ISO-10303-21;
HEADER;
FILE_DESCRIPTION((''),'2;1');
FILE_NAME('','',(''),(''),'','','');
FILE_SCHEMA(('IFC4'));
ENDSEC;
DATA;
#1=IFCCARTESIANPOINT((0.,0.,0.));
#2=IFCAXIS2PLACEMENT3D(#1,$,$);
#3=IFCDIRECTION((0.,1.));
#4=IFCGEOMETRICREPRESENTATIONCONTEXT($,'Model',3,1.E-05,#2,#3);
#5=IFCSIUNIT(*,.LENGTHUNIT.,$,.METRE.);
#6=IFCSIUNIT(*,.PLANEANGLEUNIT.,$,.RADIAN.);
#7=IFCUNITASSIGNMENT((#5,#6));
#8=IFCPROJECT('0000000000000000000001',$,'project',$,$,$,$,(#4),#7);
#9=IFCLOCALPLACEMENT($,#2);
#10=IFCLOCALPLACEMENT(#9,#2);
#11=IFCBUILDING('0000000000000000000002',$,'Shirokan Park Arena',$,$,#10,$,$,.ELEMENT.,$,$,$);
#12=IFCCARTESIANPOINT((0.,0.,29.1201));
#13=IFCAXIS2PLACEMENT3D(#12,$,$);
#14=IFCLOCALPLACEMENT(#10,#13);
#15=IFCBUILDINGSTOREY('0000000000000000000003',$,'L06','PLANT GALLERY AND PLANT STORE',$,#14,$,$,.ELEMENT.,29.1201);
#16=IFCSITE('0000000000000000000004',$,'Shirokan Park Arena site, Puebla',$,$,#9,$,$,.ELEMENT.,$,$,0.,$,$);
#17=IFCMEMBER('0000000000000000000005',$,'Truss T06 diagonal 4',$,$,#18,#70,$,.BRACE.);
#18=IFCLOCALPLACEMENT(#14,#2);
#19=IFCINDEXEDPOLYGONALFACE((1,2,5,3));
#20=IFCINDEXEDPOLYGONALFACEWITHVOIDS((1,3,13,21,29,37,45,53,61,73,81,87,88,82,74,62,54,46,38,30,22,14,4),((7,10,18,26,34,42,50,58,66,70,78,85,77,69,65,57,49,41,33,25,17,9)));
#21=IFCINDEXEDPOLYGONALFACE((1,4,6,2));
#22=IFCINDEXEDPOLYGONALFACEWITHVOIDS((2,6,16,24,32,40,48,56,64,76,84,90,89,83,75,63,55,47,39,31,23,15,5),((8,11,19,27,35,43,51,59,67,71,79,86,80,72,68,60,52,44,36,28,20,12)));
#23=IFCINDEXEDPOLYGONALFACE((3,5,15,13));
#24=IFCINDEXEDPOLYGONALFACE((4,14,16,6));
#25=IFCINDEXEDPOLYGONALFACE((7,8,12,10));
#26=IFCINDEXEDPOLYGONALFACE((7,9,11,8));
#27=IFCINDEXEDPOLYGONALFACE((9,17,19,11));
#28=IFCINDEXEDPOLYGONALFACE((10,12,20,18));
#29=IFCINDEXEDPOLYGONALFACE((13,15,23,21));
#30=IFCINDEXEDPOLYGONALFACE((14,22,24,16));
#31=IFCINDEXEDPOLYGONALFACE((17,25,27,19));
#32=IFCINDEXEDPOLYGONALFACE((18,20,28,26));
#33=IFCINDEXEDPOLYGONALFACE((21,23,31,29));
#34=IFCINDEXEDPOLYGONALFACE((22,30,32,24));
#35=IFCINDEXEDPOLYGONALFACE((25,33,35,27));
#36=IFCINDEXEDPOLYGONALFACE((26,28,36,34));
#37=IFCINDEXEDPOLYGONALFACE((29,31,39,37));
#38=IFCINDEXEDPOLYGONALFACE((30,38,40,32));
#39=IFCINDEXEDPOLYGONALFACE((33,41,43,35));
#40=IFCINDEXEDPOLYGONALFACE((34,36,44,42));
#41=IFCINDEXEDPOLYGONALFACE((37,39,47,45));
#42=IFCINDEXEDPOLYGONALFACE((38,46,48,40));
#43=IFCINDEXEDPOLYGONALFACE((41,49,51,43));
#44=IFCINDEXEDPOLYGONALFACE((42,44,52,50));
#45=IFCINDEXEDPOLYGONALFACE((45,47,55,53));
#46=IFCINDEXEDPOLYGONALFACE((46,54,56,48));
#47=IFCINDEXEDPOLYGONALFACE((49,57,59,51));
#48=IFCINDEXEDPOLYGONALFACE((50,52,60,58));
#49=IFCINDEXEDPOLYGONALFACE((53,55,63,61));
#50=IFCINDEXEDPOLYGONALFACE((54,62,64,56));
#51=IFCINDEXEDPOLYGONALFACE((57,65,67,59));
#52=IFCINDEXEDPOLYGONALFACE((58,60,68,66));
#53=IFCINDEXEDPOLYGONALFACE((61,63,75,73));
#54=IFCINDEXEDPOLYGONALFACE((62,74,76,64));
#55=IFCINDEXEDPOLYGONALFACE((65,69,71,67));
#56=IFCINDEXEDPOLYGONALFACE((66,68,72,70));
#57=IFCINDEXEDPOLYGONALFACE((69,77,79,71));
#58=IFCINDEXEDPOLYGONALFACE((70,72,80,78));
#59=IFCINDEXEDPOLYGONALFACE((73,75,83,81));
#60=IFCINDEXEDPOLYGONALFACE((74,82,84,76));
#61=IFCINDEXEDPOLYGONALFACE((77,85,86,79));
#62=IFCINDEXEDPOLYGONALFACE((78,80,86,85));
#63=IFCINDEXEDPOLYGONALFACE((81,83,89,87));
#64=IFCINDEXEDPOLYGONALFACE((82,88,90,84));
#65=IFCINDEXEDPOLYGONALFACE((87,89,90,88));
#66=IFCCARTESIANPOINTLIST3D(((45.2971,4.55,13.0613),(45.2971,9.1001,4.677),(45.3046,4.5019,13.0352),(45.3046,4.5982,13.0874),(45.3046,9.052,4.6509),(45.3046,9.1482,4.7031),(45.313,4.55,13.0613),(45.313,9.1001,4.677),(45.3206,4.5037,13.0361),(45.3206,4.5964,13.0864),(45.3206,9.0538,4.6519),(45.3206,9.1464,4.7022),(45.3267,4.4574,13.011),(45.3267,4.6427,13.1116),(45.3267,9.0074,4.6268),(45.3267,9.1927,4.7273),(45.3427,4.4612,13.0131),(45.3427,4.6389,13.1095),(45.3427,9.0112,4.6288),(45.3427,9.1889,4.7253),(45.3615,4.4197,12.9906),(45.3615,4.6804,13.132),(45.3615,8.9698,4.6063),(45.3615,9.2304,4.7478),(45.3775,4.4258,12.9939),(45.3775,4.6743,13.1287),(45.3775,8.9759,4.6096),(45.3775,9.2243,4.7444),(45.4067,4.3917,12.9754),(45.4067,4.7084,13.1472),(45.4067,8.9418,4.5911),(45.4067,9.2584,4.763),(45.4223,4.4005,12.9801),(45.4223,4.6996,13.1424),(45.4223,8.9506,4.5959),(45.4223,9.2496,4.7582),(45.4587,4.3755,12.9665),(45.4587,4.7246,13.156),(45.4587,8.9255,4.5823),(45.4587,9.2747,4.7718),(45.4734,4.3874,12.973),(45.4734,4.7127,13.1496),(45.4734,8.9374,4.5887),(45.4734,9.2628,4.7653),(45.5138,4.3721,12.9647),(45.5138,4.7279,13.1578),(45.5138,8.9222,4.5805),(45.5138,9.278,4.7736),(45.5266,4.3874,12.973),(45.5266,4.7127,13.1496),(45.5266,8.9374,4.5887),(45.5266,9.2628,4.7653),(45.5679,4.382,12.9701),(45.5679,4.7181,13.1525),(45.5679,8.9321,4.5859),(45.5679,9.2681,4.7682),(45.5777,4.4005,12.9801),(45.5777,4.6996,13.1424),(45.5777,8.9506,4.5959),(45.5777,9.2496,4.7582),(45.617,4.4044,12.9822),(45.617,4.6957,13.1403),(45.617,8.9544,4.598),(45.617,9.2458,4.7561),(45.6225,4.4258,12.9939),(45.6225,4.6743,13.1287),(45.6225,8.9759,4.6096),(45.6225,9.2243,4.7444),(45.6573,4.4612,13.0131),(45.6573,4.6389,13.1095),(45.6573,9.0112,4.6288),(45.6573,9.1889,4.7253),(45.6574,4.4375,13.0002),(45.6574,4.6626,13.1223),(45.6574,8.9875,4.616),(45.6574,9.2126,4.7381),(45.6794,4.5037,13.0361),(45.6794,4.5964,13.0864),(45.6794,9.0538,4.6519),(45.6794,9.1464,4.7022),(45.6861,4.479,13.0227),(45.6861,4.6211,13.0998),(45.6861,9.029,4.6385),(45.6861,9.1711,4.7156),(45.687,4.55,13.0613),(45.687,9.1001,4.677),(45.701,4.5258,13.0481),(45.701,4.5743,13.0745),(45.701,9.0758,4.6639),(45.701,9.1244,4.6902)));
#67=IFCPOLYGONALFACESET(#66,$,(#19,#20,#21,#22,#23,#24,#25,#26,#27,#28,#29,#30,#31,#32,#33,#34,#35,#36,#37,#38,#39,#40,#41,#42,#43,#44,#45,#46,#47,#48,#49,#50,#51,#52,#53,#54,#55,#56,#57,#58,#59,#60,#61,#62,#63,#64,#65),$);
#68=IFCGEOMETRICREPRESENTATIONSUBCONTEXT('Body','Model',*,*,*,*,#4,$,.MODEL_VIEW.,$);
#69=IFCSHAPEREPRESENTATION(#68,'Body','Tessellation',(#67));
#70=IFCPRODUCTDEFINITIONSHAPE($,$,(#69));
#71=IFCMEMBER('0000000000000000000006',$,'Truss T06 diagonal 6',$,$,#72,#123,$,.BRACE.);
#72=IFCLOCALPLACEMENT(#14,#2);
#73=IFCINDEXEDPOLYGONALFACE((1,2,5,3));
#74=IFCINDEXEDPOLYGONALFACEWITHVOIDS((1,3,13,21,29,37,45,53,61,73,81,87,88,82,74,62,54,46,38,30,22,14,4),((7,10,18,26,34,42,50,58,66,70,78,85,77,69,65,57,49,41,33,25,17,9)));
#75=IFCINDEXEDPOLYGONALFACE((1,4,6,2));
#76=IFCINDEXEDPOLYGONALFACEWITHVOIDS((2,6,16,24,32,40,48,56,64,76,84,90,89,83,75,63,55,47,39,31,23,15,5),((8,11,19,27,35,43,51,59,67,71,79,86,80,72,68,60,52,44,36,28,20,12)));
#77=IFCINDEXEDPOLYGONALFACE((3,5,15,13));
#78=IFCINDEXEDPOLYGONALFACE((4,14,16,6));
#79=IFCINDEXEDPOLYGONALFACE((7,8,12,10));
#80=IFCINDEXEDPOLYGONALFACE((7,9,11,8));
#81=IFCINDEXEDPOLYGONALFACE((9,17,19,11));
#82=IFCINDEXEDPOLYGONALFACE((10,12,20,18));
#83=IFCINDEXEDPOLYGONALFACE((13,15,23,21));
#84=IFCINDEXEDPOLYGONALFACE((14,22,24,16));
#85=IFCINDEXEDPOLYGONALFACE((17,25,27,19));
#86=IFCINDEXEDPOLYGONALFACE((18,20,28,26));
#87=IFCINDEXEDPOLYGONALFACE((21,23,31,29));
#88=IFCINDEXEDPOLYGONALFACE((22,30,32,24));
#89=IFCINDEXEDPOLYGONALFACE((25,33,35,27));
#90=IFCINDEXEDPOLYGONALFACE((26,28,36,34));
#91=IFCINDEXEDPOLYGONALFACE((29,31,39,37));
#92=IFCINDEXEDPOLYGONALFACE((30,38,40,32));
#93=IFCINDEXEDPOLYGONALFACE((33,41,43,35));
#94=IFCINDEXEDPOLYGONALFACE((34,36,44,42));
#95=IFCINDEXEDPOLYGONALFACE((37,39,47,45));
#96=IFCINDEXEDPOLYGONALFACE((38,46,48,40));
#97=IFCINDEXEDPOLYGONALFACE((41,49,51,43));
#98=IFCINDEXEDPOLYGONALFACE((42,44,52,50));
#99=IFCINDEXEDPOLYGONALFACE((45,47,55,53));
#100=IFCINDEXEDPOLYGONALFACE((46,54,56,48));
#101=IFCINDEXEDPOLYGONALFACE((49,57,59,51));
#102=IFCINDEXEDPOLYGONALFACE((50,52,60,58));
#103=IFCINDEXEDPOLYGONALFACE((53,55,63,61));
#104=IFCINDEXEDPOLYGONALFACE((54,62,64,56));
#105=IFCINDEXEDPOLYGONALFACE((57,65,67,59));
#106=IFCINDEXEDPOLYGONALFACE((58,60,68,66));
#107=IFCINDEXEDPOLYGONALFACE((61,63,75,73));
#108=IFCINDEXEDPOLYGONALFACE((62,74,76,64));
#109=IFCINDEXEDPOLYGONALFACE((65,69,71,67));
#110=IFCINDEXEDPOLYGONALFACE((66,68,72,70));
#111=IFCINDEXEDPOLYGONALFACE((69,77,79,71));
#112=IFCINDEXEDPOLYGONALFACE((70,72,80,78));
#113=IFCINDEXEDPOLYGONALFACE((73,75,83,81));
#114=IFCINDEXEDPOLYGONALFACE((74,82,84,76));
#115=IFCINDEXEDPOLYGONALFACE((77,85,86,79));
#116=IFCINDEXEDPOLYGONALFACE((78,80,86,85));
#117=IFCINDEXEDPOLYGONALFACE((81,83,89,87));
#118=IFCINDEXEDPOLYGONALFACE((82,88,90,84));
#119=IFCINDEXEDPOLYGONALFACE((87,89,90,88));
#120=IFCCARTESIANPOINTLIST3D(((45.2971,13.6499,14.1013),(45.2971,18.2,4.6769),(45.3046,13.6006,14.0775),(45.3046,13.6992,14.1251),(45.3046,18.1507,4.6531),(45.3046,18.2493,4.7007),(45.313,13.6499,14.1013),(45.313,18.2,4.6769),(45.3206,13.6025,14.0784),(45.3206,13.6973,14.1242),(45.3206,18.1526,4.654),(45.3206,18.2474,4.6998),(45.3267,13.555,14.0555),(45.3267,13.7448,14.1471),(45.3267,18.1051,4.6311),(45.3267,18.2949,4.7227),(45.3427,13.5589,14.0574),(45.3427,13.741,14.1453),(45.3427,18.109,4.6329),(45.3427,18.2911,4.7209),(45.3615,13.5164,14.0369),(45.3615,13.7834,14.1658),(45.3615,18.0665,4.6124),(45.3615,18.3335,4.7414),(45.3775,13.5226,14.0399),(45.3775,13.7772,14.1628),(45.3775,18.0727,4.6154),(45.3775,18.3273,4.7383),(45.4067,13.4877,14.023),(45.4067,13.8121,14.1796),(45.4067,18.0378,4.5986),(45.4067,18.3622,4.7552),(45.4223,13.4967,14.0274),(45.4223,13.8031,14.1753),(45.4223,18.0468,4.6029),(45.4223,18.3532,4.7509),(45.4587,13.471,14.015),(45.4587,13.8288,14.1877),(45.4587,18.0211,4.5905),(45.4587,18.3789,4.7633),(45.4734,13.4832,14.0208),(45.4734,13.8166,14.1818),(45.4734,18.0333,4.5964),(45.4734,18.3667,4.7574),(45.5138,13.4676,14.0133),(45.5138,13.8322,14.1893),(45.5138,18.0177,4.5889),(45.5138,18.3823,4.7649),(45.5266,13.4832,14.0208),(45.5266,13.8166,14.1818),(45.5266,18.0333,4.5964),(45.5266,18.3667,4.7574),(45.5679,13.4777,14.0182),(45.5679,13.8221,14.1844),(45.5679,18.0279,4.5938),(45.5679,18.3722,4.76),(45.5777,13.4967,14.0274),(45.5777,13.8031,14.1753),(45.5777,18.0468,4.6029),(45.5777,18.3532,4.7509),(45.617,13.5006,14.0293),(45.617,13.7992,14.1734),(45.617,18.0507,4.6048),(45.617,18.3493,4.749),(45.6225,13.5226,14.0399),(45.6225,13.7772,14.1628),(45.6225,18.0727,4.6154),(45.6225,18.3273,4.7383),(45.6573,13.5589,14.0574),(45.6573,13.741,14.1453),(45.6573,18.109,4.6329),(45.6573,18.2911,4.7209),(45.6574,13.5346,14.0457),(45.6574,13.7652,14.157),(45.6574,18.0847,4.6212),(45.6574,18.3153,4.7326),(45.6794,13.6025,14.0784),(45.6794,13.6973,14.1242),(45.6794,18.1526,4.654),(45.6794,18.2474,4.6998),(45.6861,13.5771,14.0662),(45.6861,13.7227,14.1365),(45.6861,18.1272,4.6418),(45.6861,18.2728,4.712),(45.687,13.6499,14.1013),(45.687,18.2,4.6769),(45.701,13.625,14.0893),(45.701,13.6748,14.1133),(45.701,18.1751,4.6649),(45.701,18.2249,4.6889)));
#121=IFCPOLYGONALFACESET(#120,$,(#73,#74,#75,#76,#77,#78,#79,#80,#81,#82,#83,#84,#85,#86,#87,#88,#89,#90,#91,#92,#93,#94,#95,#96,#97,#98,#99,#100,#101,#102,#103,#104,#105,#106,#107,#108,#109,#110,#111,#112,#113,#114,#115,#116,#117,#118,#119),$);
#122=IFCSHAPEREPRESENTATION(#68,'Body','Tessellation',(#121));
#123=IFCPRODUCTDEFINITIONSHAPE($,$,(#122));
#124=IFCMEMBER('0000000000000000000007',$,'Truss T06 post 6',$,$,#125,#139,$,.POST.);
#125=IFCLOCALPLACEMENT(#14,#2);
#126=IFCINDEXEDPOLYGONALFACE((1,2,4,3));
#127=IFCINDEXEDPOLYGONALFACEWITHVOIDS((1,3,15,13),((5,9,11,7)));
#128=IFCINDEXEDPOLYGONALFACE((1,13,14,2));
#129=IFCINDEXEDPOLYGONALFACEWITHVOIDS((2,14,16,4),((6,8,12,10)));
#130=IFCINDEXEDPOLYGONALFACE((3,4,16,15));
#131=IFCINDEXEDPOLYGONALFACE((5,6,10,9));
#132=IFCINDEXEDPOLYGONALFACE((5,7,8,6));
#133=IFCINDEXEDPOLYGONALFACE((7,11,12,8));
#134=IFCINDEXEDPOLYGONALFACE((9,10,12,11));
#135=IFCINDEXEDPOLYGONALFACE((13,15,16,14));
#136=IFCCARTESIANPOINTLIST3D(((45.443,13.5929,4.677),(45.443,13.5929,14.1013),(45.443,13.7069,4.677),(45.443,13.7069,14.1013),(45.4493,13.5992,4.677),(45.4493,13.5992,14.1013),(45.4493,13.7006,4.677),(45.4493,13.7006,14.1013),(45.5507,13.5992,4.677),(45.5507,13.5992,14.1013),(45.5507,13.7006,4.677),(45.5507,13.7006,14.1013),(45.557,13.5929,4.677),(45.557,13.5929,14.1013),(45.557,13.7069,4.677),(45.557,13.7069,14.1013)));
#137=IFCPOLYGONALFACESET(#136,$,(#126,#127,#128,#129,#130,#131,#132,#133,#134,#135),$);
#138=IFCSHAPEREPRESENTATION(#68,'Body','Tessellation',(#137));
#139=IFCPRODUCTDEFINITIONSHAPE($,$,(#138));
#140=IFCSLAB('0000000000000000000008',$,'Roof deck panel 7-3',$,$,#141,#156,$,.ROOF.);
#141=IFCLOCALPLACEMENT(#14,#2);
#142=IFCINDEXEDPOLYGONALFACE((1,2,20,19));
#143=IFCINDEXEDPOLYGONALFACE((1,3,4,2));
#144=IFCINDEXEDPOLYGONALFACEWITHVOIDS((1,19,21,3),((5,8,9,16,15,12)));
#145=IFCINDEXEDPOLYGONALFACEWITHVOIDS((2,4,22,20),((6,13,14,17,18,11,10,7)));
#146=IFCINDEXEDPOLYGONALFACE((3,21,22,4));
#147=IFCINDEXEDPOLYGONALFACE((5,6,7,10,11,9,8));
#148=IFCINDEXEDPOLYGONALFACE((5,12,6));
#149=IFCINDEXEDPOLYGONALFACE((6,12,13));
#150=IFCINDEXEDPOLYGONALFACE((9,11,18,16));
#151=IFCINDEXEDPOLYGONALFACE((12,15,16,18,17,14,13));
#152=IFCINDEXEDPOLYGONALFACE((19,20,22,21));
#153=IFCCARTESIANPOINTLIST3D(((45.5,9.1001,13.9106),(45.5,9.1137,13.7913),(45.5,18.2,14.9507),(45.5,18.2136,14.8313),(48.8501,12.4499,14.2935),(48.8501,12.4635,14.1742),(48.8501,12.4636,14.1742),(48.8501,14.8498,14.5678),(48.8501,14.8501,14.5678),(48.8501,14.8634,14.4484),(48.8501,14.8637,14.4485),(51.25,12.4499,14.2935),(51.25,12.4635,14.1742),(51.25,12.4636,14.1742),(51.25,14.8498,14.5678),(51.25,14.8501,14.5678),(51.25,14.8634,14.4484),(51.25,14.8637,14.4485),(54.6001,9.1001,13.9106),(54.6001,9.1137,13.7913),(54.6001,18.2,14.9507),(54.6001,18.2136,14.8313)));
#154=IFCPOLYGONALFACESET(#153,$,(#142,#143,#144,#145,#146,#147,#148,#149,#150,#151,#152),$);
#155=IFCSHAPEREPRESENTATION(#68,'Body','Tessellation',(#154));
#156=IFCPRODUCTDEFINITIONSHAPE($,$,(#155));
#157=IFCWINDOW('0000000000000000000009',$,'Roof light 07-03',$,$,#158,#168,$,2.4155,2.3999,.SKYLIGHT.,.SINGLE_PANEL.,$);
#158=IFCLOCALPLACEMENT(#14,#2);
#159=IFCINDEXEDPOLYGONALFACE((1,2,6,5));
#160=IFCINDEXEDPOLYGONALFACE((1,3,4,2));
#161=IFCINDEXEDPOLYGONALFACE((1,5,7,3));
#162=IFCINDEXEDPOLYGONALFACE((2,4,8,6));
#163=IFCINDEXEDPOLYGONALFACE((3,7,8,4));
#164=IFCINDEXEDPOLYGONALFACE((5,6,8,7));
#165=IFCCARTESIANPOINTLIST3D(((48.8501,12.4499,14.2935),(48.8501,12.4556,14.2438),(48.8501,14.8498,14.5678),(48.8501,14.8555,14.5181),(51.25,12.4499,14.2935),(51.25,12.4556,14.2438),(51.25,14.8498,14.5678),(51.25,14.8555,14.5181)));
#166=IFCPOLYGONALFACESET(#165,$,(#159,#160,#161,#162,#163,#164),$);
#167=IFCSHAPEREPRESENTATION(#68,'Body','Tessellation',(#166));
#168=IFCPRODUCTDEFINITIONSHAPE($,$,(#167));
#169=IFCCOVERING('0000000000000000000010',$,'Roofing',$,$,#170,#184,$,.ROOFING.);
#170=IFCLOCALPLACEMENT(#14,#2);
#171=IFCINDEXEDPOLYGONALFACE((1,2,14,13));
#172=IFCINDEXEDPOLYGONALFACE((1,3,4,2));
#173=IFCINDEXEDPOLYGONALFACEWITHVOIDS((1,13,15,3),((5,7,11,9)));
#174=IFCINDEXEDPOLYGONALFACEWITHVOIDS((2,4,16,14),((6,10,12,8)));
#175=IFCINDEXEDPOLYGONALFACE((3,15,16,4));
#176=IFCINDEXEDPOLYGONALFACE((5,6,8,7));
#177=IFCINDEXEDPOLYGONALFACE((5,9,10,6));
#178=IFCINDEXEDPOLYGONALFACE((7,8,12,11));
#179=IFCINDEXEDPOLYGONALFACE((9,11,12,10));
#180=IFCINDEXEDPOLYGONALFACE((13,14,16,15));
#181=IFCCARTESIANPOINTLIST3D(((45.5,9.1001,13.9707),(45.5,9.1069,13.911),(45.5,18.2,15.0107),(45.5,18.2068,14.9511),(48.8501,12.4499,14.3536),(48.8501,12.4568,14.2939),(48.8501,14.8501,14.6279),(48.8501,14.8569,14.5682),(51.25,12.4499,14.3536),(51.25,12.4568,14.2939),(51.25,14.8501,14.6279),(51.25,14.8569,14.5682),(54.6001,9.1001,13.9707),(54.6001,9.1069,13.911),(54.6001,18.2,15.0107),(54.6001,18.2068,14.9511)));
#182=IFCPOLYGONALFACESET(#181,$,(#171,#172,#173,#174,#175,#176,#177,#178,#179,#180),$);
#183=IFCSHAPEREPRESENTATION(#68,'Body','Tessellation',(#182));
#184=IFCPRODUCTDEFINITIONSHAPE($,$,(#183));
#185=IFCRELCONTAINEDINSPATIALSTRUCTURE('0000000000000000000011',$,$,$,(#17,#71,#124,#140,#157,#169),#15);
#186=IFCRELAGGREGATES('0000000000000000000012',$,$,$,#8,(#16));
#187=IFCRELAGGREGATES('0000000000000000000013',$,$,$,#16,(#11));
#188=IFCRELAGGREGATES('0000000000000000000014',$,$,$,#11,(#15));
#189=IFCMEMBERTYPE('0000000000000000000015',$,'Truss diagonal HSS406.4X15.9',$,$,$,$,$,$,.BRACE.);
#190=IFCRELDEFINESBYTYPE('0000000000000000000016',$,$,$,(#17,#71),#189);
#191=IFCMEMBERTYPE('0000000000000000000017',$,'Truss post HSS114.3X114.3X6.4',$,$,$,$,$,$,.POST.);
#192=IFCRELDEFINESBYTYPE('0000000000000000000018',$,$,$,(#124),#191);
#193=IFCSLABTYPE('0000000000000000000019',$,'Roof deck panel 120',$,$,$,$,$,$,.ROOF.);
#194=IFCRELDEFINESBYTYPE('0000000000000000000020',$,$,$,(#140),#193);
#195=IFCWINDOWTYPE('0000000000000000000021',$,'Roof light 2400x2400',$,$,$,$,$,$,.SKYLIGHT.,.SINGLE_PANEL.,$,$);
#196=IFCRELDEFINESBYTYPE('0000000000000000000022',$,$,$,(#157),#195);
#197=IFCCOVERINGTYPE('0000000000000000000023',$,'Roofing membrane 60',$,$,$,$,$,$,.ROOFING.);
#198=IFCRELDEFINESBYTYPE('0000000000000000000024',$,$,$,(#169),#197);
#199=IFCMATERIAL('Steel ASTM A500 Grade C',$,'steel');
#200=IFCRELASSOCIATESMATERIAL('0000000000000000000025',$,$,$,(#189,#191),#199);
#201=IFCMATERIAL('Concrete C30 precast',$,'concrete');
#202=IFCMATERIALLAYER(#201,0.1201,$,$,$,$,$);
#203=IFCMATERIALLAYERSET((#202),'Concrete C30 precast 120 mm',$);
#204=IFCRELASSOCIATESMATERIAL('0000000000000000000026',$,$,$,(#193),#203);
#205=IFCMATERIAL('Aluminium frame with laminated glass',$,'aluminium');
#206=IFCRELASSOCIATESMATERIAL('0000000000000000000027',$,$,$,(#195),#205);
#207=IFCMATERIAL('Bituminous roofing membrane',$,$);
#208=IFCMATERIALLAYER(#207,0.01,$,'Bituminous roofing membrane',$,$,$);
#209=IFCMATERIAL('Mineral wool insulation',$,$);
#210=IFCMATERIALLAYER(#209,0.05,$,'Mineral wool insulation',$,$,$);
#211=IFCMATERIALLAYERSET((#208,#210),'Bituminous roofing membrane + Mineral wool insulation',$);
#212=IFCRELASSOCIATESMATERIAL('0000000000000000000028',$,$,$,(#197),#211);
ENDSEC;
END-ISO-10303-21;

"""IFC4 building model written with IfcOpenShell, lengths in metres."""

from ifc_helpers import new_model, si_unit, direction, frame, origin, origin_2d, place, context, subcontext, project, spatial, polyline, rectangle, hollow_rectangle, hollow_circle, outline, extrude, material, layer, layer_set, material_profile, profile_set, type_object, element, fill, save


model = new_model("IFC4")

# Units and contexts
model_context = context("Model", 3, precision=1e-05, world=origin(), true_north=direction((0.0, 1.0)))
body_context = subcontext(model_context, "Body", "Model", "MODEL_VIEW")
ifc_project = project(units=[si_unit("LENGTHUNIT", "METRE"), si_unit("PLANEANGLEUNIT", "RADIAN")], contexts=[model_context])

# Site, building, storey
site_placement = place(None, origin())
site = spatial("IfcSite", under=ifc_project, at=site_placement, Name="Shirokan Park Arena site, Puebla", CompositionType="ELEMENT", RefElevation=0.0)
building_placement = place(site_placement, origin())
building = spatial("IfcBuilding", under=site, at=building_placement, Name="Shirokan Park Arena", CompositionType="ELEMENT")
storey_placement = place(building_placement, frame((0.0, 0.0, 29.1201)))
storey = spatial("IfcBuildingStorey", under=building, at=storey_placement, Name="L06", Description="PLANT GALLERY AND PLANT STORE", CompositionType="ELEMENT", Elevation=29.1201)

# Members
ifc_material_1 = material(Name="Steel ASTM A500 Grade C", Category="steel")
ifc_material_profile_1 = material_profile(ifc_material_1, hollow_circle(Radius=0.2029, WallThickness=0.0159, at=origin_2d()), Name="HSS406.4X15.9")
ifc_profile_set_1 = profile_set([ifc_material_profile_1], Name="Steel ASTM A500 Grade C")
member_type_1 = type_object("IfcMemberType", Name="Truss diagonal HSS406.4X15.9", PredefinedType="BRACE", material=ifc_profile_set_1)
member_1_placement = place(storey_placement, frame((45.5, 4.55, 13.0613), z_axis=(0.0, 0.476977, -0.878916), x_axis=(-1.0, 0.0, 0.0)))
element("IfcMember", 1, at=member_1_placement, inside=storey, type_object=member_type_1, Name="Truss T06 diagonal 4", PredefinedType="BRACE", context=body_context, shape_type="SweptSolid", body=[
    extrude(hollow_circle(Radius=0.2029, WallThickness=0.0159, at=origin_2d()), origin(), (0.0, 0.0, 1.0), 9.5393),
])
member_2_placement = place(storey_placement, frame((45.5, 13.6499, 14.1013), z_axis=(0.0, 0.434778, -0.900537), x_axis=(-1.0, 0.0, 0.0)))
element("IfcMember", 2, at=member_2_placement, inside=storey, type_object=member_type_1, Name="Truss T06 diagonal 6", PredefinedType="BRACE", context=body_context, shape_type="SweptSolid", body=[
    extrude(hollow_circle(Radius=0.2029, WallThickness=0.0159, at=origin_2d()), origin(), (0.0, 0.0, 1.0), 10.4653),
])
ifc_material_profile_2 = material_profile(ifc_material_1, hollow_rectangle(XDim=0.114, YDim=0.114, WallThickness=0.0063, at=origin_2d()), Name="HSS114.3X114.3X6.4")
ifc_profile_set_2 = profile_set([ifc_material_profile_2], Name="Steel ASTM A500 Grade C")
member_type_2 = type_object("IfcMemberType", Name="Truss post HSS114.3X114.3X6.4", PredefinedType="POST", material=ifc_profile_set_2)
member_3_placement = place(storey_placement, frame((45.5, 13.6499, 4.677), z_axis=(0.0, 0.0, 1.0), x_axis=(1.0, 0.0, 0.0)))
element("IfcMember", 3, at=member_3_placement, inside=storey, type_object=member_type_2, Name="Truss T06 post 6", PredefinedType="POST", context=body_context, shape_type="SweptSolid", body=[
    extrude(hollow_rectangle(XDim=0.114, YDim=0.114, WallThickness=0.0063, at=origin_2d()), origin(), (0.0, 0.0, 1.0), 9.4243),
])

# Slab, opening, window
ifc_material_2 = material(Name="Concrete C30 precast", Category="concrete")
ifc_layer_1 = layer(ifc_material_2, 0.1201)
ifc_layer_set_1 = layer_set([ifc_layer_1], Name="Concrete C30 precast 120 mm")
slab_type = type_object("IfcSlabType", Name="Roof deck panel 120", PredefinedType="ROOF", material=ifc_layer_set_1)
slab_placement = place(storey_placement, frame((45.5, 9.1001, 13.9106), z_axis=(0.0, -0.113553, 0.993532), x_axis=(1.0, 0.0, 0.0)))
slab = element("IfcSlab", 4, at=slab_placement, inside=storey, type_object=slab_type, Name="Roof deck panel 7-3", PredefinedType="ROOF", context=body_context, shape_type="SweptSolid", body=[
    extrude(outline(polyline([(0.0, 0.0), (9.1001, 0.0), (9.1001, 9.1591), (0.0, 9.1591), (0.0, 0.0)]), holes=[polyline([(3.3501, 3.3717), (5.75, 3.3717), (5.75, 5.7874), (3.3501, 5.7874), (3.3501, 3.3717)])]), origin(), (0.0, 0.0, -1.0), 0.1201),
])
opening_placement = place(slab_placement, frame((4.55, 4.5793, 0.01)))
opening = element("IfcOpeningElement", 5, at=opening_placement, cuts=slab, PredefinedType="OPENING", context=body_context, shape_type="SweptSolid", body=[
    extrude(rectangle(XDim=2.3999, YDim=2.4155, at=origin_2d()), origin(), (0.0, 0.0, -1.0), 0.1399),
])
ifc_material_3 = material(Name="Aluminium frame with laminated glass", Category="aluminium")
window_type = type_object("IfcWindowType", Name="Roof light 2400x2400", PartitioningType="SINGLE_PANEL", PredefinedType="SKYLIGHT", material=ifc_material_3)
window_placement = place(opening_placement, frame((0.0, 0.0, -0.0601)))
window = element("IfcWindow", 6, at=window_placement, inside=storey, type_object=window_type, Name="Roof light 07-03", OverallHeight=2.4155, OverallWidth=2.3999, PartitioningType="SINGLE_PANEL", PredefinedType="SKYLIGHT", context=body_context, shape_type="SweptSolid", body=[
    extrude(rectangle(XDim=2.3999, YDim=2.4155, at=origin_2d()), origin(), (0.0, 0.0, 1.0), 0.05),
])
fill(opening, window)

# Covering
ifc_material_4 = material(Name="Bituminous roofing membrane")
ifc_layer_2 = layer(ifc_material_4, 0.01, Name="Bituminous roofing membrane")
ifc_material_5 = material(Name="Mineral wool insulation")
ifc_layer_3 = layer(ifc_material_5, 0.05, Name="Mineral wool insulation")
ifc_layer_set_2 = layer_set([ifc_layer_2, ifc_layer_3], Name="Bituminous roofing membrane + Mineral wool insulation")
covering_type = type_object("IfcCoveringType", Name="Roofing membrane 60", PredefinedType="ROOFING", material=ifc_layer_set_2)
covering_placement = place(storey_placement, frame((45.5, 9.1001, 13.9707), z_axis=(0.0, -0.113553, 0.993532), x_axis=(1.0, 0.0, 0.0)))
element("IfcCovering", 7, at=covering_placement, inside=storey, type_object=covering_type, Name="Roofing", PredefinedType="ROOFING", context=body_context, shape_type="SweptSolid", body=[
    extrude(outline(polyline([(0.0, 0.0), (9.1001, 0.0), (9.1001, 9.1591), (0.0, 9.1591), (0.0, 0.0)]), holes=[polyline([(5.75, 3.3717), (5.75, 5.7874), (3.3501, 5.7874), (3.3501, 3.3717), (5.75, 3.3717)])]), origin(), (0.0, 0.0, -1.0), 0.0601),
])

save(model, "model.ifc")
